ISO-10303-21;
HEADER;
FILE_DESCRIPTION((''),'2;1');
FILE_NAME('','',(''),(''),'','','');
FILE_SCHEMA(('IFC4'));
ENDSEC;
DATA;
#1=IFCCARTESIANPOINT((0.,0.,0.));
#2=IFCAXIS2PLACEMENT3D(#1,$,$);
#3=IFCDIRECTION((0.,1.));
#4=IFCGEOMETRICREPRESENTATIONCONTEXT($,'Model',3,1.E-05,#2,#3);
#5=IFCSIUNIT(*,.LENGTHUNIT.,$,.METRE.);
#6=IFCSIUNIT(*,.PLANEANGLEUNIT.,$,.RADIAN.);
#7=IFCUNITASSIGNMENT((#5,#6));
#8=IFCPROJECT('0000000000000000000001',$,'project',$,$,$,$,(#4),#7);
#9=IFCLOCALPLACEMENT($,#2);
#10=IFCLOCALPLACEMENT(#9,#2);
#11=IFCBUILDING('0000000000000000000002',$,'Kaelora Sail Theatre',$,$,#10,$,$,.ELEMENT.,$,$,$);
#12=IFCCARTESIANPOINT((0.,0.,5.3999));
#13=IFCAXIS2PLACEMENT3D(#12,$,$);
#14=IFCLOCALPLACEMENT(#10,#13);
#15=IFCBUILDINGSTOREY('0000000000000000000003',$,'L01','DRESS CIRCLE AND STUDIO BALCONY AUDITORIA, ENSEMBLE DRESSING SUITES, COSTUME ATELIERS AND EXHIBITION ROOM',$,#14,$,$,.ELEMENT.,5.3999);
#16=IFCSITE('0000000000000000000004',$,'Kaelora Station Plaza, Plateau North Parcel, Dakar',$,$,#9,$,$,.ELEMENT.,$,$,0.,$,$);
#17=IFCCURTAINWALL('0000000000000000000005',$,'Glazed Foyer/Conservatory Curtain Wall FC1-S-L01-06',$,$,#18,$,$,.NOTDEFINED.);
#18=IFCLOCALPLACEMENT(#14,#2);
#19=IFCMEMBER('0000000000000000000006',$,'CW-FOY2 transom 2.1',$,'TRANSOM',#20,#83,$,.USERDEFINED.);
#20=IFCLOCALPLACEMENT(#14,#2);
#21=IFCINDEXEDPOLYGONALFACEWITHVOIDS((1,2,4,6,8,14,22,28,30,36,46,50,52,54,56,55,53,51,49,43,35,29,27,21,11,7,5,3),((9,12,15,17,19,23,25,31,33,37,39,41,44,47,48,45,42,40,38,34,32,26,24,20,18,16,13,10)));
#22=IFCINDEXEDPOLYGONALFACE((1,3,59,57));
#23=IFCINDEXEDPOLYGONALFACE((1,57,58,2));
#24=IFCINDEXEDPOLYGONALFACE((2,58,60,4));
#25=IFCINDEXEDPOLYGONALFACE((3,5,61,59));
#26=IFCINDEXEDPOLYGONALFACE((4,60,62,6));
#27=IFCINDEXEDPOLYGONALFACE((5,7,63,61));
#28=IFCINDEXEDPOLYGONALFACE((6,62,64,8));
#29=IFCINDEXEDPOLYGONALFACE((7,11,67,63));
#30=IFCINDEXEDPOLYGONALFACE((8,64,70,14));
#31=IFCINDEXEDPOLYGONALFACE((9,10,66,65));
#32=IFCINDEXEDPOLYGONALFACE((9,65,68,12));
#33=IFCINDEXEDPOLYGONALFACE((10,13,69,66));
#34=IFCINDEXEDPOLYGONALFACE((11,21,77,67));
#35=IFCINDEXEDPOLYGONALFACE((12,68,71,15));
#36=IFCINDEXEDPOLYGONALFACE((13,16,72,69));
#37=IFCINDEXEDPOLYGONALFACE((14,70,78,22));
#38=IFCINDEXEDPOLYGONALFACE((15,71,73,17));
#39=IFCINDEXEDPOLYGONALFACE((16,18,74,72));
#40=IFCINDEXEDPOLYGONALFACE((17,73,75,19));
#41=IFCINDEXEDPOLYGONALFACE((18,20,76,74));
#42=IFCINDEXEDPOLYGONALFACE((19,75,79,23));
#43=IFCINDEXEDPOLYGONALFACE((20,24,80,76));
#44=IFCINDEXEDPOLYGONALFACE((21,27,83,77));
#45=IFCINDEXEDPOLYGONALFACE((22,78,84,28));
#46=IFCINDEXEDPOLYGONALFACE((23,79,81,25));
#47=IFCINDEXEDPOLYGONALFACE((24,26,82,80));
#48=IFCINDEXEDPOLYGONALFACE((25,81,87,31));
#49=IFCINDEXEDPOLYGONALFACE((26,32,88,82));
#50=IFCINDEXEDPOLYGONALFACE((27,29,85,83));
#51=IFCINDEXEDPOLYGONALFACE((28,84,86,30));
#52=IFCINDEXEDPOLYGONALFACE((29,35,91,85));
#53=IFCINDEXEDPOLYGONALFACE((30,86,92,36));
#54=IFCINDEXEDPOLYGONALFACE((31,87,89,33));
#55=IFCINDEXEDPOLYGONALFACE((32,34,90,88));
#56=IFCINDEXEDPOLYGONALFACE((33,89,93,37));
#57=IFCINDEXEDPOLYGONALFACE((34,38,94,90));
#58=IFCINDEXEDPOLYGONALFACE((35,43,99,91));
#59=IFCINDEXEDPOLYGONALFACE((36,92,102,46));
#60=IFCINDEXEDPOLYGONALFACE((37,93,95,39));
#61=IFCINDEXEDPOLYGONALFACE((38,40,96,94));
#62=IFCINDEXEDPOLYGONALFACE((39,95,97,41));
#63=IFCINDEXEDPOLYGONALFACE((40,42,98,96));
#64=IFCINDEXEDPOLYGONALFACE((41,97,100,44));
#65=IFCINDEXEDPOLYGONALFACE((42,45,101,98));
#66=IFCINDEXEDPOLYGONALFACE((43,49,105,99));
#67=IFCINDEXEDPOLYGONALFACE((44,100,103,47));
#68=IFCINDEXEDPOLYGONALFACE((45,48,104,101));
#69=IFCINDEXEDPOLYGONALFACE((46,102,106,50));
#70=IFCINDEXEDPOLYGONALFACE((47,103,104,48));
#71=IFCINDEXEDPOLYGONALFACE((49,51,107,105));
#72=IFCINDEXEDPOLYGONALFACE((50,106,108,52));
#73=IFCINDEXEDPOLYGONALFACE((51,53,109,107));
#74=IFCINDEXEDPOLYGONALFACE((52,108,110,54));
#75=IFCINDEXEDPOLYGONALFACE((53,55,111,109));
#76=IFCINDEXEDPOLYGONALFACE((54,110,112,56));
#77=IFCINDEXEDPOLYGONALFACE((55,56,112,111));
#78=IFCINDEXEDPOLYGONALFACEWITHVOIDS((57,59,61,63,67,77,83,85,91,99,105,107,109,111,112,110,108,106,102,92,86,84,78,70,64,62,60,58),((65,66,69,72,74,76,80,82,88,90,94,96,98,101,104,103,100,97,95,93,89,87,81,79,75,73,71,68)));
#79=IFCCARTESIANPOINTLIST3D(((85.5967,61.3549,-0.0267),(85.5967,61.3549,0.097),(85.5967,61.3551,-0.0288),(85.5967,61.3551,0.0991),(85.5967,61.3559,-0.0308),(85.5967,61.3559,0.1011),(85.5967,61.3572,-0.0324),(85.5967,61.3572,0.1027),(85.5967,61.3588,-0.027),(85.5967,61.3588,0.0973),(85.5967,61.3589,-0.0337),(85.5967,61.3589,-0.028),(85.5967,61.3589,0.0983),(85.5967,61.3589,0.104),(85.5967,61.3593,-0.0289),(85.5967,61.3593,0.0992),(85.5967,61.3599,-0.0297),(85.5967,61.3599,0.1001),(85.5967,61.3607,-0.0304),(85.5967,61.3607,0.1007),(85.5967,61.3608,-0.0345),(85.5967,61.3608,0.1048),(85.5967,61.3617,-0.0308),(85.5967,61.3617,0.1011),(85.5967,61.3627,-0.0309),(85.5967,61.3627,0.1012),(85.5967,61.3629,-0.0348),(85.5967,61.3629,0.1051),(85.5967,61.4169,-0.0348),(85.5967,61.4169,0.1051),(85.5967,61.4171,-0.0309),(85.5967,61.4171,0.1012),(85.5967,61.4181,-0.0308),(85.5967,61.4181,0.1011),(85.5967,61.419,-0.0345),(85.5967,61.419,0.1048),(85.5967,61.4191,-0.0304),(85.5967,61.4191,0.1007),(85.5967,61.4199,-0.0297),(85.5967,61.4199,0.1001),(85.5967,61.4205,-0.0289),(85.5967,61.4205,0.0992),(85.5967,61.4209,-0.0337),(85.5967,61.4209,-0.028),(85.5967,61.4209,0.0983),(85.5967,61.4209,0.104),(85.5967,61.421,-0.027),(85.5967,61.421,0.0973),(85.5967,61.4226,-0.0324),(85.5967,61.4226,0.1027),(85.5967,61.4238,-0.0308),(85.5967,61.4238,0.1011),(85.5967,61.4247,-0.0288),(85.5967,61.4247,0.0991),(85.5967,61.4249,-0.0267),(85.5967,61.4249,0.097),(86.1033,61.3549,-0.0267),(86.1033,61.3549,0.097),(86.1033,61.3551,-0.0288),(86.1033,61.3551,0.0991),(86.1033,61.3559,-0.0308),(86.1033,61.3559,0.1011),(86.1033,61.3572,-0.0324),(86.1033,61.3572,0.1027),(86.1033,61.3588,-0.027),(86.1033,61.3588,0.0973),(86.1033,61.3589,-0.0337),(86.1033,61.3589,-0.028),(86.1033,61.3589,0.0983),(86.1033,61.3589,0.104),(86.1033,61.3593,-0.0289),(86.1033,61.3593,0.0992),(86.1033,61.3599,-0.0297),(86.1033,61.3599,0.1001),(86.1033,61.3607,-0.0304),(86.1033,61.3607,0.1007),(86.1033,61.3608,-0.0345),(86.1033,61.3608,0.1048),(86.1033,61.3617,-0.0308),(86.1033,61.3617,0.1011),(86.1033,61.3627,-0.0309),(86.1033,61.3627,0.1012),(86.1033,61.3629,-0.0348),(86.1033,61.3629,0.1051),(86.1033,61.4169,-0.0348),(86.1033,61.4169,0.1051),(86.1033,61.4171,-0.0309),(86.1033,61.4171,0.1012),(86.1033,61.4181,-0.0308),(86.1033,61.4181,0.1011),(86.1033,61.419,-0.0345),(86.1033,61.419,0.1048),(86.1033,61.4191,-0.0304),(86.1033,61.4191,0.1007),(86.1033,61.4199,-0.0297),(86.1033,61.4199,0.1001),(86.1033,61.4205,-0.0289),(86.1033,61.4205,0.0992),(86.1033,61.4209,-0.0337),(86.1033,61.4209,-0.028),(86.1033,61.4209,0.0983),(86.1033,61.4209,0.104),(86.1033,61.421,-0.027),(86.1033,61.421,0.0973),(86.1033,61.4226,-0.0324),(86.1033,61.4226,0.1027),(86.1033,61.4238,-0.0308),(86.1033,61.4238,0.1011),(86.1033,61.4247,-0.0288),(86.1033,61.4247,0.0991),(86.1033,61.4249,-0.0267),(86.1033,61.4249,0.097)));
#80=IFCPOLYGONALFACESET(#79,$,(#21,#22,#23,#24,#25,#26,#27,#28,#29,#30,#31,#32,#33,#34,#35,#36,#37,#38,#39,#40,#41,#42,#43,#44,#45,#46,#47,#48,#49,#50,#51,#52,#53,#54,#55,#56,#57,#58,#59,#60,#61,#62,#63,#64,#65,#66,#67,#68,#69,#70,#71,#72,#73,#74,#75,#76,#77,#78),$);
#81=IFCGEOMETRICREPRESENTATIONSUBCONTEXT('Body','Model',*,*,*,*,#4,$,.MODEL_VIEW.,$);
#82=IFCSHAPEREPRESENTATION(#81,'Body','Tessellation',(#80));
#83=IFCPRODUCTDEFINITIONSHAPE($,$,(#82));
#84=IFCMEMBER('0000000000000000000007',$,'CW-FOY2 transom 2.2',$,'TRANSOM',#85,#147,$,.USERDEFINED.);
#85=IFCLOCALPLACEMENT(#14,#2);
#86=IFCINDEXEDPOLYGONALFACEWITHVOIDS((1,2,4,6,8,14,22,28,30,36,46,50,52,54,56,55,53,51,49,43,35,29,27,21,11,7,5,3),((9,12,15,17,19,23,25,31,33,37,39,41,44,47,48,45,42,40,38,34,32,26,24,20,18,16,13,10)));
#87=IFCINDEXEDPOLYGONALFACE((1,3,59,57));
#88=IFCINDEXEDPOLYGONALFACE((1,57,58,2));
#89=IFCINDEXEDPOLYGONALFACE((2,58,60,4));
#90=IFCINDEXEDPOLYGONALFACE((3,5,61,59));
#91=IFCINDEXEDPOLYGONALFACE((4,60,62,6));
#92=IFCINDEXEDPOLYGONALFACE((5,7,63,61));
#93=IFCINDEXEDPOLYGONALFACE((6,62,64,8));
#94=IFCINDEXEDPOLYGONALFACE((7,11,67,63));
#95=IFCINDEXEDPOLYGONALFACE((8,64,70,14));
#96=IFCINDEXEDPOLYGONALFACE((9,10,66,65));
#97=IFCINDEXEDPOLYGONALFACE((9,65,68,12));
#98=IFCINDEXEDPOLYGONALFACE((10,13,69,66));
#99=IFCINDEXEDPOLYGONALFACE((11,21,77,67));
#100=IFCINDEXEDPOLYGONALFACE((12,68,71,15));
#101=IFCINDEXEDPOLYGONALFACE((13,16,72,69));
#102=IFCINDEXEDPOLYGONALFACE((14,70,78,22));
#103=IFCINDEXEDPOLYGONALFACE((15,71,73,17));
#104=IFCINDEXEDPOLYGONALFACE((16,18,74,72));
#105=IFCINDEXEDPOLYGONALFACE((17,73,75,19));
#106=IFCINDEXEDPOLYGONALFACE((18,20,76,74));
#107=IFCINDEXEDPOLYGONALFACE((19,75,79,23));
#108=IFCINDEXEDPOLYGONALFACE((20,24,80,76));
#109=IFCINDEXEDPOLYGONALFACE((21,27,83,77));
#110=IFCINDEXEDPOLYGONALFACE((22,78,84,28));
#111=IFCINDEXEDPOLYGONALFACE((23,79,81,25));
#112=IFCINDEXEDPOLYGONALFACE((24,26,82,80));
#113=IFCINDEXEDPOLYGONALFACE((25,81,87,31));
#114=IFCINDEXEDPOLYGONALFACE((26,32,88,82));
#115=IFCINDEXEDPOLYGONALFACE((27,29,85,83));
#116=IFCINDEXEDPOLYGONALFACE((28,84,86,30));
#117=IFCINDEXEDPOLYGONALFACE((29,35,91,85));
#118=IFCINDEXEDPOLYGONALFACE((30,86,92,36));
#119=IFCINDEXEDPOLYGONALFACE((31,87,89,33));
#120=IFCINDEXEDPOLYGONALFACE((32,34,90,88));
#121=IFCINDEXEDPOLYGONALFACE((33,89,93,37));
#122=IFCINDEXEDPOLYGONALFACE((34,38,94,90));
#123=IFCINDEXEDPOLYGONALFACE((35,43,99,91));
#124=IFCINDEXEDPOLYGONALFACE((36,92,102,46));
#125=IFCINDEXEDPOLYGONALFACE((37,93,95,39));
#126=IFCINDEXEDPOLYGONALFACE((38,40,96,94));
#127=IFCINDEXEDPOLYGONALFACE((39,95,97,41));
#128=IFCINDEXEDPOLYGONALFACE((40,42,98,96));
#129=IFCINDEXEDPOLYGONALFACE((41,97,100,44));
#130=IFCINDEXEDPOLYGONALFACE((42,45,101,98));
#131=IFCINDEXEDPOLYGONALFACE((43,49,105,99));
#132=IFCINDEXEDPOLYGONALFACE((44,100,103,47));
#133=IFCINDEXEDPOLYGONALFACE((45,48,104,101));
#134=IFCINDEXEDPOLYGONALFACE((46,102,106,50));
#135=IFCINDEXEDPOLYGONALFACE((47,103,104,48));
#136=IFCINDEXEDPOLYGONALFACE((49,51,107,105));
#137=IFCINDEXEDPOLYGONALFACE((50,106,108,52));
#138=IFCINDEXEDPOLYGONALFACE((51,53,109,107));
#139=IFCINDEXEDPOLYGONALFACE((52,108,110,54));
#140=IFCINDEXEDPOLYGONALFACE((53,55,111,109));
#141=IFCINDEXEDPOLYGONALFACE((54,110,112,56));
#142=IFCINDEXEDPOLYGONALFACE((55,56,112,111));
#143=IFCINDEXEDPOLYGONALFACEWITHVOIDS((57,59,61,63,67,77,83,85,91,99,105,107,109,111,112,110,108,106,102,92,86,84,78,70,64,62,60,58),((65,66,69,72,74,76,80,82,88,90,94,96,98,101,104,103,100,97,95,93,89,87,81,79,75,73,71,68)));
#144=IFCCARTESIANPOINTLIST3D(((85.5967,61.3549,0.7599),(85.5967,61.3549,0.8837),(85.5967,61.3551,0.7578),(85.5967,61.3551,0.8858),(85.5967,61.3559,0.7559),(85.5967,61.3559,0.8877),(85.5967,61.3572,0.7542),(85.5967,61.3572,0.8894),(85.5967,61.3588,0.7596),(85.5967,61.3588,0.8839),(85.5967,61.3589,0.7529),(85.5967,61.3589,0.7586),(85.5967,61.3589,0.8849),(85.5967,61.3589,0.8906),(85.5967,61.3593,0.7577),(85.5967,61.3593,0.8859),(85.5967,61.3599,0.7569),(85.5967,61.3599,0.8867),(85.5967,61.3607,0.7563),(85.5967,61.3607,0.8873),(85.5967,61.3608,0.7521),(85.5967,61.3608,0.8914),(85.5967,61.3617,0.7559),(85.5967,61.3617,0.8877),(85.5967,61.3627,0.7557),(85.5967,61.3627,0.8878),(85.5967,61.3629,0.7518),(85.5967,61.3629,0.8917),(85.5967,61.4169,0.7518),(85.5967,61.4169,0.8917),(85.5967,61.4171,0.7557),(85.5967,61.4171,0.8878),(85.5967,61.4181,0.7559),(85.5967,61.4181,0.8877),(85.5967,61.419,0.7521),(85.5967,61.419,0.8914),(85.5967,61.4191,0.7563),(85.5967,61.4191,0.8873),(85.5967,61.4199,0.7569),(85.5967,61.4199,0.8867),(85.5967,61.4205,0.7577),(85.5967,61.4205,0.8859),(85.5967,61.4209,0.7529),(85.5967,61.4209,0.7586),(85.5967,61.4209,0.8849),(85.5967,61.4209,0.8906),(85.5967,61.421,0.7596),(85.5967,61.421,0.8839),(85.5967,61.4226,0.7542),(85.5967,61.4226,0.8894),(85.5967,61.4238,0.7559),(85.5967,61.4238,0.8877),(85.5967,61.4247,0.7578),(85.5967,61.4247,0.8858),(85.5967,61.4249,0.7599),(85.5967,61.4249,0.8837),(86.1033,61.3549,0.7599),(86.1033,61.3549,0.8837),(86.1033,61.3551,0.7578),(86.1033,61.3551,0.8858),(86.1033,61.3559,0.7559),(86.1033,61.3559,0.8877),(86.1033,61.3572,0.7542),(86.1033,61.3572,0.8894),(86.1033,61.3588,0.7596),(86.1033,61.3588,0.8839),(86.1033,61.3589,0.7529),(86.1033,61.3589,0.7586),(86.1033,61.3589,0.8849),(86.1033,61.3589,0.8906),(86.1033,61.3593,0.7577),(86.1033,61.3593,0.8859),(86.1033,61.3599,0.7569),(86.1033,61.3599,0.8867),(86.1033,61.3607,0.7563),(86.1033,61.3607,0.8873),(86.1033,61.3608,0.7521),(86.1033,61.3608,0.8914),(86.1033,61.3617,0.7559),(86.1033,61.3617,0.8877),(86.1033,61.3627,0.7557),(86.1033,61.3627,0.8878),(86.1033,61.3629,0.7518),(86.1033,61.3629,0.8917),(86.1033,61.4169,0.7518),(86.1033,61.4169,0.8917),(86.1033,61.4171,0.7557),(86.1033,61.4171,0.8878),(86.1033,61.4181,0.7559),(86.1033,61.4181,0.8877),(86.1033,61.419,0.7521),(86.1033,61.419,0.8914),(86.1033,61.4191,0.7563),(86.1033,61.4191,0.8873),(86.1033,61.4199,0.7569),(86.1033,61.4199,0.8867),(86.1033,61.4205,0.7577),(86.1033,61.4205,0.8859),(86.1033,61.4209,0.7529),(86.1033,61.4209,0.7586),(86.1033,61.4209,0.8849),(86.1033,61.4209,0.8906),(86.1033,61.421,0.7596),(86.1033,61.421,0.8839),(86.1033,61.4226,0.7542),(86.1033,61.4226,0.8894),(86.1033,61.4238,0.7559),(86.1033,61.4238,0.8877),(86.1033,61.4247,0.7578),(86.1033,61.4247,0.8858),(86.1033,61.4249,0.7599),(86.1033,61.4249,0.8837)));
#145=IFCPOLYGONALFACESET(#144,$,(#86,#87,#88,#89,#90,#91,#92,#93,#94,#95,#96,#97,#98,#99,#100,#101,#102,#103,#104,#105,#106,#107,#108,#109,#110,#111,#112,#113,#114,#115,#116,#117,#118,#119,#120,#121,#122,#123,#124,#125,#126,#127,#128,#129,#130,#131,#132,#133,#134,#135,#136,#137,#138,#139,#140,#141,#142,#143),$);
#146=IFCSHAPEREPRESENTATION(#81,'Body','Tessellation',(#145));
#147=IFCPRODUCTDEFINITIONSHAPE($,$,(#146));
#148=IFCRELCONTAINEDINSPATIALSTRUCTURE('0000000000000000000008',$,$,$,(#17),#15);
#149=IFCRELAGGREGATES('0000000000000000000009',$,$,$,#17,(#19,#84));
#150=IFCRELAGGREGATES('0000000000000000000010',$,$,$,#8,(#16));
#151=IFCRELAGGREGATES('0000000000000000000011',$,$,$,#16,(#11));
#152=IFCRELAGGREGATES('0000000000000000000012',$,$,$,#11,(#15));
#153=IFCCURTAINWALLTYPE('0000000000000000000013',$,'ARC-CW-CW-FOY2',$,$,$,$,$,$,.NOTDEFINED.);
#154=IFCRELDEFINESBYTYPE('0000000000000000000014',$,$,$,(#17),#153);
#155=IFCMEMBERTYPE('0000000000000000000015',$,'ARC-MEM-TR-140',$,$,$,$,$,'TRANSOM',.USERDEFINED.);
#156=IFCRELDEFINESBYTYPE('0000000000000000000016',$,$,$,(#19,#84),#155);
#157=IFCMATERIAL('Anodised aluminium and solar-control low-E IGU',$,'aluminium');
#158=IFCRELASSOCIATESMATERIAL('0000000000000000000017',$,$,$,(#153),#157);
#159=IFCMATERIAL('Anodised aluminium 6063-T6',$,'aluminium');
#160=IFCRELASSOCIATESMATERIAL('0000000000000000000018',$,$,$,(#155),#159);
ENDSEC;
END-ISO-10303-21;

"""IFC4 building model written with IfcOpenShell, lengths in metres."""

from ifc_helpers import new_model, si_unit, direction, frame, origin, origin_2d, place, context, subcontext, project, spatial, hollow_rectangle, extrude, material, material_profile, profile_set, type_object, element, aggregate, save


model = new_model("IFC4")

# Units and contexts
model_context = context("Model", 3, precision=1e-05, world=origin(), true_north=direction((0.0, 1.0)))
body_context = subcontext(model_context, "Body", "Model", "MODEL_VIEW")
ifc_project = project(units=[si_unit("LENGTHUNIT", "METRE"), si_unit("PLANEANGLEUNIT", "RADIAN")], contexts=[model_context])

# Site, building, storey
site_placement = place(None, origin())
site = spatial("IfcSite", under=ifc_project, at=site_placement, Name="Kaelora Station Plaza, Plateau North Parcel, Dakar", CompositionType="ELEMENT", RefElevation=0.0)
building_placement = place(site_placement, origin())
building = spatial("IfcBuilding", under=site, at=building_placement, Name="Kaelora Sail Theatre", CompositionType="ELEMENT")
storey_placement = place(building_placement, frame((0.0, 0.0, 5.3999)))
storey = spatial("IfcBuildingStorey", under=building, at=storey_placement, Name="L01", Description="DRESS CIRCLE AND STUDIO BALCONY AUDITORIA, ENSEMBLE DRESSING SUITES, COSTUME ATELIERS AND EXHIBITION ROOM", CompositionType="ELEMENT", Elevation=5.3999)

# Curtain wall
ifc_material_1 = material(Name="Anodised aluminium and solar-control low-E IGU", Category="aluminium")
curtain_wall_type = type_object("IfcCurtainWallType", Name="ARC-CW-CW-FOY2", PredefinedType="NOTDEFINED", material=ifc_material_1)
curtain_wall_1_placement = place(storey_placement, origin())
curtain_wall_1 = element("IfcCurtainWall", 1, at=curtain_wall_1_placement, inside=storey, type_object=curtain_wall_type, Name="Glazed Foyer/Conservatory Curtain Wall FC1-S-L01-06", PredefinedType="NOTDEFINED")

# Members
ifc_material_2 = material(Name="Anodised aluminium 6063-T6", Category="aluminium")
ifc_material_profile_1 = material_profile(ifc_material_2, hollow_rectangle(XDim=0.0701, YDim=0.1399, WallThickness=0.0039, InnerFilletRadius=0.0039, OuterFilletRadius=0.0081, at=origin_2d()), Name="ALU-TRAN 70x140x4")
ifc_profile_set_1 = profile_set([ifc_material_profile_1], Name="Anodised aluminium 6063-T6")
member_type_1 = type_object("IfcMemberType", Name="ARC-MEM-TR-140", ElementType="TRANSOM", PredefinedType="USERDEFINED", material=ifc_profile_set_1)
member_1_placement = place(storey_placement, frame((85.5967, 61.3899, 0.0352), z_axis=(1.0, 0.0, 0.0), x_axis=(0.0, 1.0, 0.0)))
member_1 = element("IfcMember", 2, at=member_1_placement, type_object=member_type_1, Name="CW-FOY2 transom 2.1", ObjectType="TRANSOM", PredefinedType="USERDEFINED", context=body_context, shape_type="SweptSolid", body=[
    extrude(hollow_rectangle(XDim=0.0701, YDim=0.1399, WallThickness=0.0039, InnerFilletRadius=0.0039, OuterFilletRadius=0.0081, at=origin_2d()), origin(), (0.0, 0.0, 1.0), 0.5066),
])
member_2_placement = place(storey_placement, frame((85.5967, 61.3899, 0.8218), z_axis=(1.0, 0.0, 0.0), x_axis=(0.0, 1.0, 0.0)))
member_2 = element("IfcMember", 3, at=member_2_placement, type_object=member_type_1, Name="CW-FOY2 transom 2.2", ObjectType="TRANSOM", PredefinedType="USERDEFINED", context=body_context, shape_type="SweptSolid", body=[
    extrude(hollow_rectangle(XDim=0.0701, YDim=0.1399, WallThickness=0.0039, InnerFilletRadius=0.0039, OuterFilletRadius=0.0081, at=origin_2d()), origin(), (0.0, 0.0, 1.0), 0.5066),
])

aggregate(curtain_wall_1, [member_1, member_2])

save(model, "model.ifc")
